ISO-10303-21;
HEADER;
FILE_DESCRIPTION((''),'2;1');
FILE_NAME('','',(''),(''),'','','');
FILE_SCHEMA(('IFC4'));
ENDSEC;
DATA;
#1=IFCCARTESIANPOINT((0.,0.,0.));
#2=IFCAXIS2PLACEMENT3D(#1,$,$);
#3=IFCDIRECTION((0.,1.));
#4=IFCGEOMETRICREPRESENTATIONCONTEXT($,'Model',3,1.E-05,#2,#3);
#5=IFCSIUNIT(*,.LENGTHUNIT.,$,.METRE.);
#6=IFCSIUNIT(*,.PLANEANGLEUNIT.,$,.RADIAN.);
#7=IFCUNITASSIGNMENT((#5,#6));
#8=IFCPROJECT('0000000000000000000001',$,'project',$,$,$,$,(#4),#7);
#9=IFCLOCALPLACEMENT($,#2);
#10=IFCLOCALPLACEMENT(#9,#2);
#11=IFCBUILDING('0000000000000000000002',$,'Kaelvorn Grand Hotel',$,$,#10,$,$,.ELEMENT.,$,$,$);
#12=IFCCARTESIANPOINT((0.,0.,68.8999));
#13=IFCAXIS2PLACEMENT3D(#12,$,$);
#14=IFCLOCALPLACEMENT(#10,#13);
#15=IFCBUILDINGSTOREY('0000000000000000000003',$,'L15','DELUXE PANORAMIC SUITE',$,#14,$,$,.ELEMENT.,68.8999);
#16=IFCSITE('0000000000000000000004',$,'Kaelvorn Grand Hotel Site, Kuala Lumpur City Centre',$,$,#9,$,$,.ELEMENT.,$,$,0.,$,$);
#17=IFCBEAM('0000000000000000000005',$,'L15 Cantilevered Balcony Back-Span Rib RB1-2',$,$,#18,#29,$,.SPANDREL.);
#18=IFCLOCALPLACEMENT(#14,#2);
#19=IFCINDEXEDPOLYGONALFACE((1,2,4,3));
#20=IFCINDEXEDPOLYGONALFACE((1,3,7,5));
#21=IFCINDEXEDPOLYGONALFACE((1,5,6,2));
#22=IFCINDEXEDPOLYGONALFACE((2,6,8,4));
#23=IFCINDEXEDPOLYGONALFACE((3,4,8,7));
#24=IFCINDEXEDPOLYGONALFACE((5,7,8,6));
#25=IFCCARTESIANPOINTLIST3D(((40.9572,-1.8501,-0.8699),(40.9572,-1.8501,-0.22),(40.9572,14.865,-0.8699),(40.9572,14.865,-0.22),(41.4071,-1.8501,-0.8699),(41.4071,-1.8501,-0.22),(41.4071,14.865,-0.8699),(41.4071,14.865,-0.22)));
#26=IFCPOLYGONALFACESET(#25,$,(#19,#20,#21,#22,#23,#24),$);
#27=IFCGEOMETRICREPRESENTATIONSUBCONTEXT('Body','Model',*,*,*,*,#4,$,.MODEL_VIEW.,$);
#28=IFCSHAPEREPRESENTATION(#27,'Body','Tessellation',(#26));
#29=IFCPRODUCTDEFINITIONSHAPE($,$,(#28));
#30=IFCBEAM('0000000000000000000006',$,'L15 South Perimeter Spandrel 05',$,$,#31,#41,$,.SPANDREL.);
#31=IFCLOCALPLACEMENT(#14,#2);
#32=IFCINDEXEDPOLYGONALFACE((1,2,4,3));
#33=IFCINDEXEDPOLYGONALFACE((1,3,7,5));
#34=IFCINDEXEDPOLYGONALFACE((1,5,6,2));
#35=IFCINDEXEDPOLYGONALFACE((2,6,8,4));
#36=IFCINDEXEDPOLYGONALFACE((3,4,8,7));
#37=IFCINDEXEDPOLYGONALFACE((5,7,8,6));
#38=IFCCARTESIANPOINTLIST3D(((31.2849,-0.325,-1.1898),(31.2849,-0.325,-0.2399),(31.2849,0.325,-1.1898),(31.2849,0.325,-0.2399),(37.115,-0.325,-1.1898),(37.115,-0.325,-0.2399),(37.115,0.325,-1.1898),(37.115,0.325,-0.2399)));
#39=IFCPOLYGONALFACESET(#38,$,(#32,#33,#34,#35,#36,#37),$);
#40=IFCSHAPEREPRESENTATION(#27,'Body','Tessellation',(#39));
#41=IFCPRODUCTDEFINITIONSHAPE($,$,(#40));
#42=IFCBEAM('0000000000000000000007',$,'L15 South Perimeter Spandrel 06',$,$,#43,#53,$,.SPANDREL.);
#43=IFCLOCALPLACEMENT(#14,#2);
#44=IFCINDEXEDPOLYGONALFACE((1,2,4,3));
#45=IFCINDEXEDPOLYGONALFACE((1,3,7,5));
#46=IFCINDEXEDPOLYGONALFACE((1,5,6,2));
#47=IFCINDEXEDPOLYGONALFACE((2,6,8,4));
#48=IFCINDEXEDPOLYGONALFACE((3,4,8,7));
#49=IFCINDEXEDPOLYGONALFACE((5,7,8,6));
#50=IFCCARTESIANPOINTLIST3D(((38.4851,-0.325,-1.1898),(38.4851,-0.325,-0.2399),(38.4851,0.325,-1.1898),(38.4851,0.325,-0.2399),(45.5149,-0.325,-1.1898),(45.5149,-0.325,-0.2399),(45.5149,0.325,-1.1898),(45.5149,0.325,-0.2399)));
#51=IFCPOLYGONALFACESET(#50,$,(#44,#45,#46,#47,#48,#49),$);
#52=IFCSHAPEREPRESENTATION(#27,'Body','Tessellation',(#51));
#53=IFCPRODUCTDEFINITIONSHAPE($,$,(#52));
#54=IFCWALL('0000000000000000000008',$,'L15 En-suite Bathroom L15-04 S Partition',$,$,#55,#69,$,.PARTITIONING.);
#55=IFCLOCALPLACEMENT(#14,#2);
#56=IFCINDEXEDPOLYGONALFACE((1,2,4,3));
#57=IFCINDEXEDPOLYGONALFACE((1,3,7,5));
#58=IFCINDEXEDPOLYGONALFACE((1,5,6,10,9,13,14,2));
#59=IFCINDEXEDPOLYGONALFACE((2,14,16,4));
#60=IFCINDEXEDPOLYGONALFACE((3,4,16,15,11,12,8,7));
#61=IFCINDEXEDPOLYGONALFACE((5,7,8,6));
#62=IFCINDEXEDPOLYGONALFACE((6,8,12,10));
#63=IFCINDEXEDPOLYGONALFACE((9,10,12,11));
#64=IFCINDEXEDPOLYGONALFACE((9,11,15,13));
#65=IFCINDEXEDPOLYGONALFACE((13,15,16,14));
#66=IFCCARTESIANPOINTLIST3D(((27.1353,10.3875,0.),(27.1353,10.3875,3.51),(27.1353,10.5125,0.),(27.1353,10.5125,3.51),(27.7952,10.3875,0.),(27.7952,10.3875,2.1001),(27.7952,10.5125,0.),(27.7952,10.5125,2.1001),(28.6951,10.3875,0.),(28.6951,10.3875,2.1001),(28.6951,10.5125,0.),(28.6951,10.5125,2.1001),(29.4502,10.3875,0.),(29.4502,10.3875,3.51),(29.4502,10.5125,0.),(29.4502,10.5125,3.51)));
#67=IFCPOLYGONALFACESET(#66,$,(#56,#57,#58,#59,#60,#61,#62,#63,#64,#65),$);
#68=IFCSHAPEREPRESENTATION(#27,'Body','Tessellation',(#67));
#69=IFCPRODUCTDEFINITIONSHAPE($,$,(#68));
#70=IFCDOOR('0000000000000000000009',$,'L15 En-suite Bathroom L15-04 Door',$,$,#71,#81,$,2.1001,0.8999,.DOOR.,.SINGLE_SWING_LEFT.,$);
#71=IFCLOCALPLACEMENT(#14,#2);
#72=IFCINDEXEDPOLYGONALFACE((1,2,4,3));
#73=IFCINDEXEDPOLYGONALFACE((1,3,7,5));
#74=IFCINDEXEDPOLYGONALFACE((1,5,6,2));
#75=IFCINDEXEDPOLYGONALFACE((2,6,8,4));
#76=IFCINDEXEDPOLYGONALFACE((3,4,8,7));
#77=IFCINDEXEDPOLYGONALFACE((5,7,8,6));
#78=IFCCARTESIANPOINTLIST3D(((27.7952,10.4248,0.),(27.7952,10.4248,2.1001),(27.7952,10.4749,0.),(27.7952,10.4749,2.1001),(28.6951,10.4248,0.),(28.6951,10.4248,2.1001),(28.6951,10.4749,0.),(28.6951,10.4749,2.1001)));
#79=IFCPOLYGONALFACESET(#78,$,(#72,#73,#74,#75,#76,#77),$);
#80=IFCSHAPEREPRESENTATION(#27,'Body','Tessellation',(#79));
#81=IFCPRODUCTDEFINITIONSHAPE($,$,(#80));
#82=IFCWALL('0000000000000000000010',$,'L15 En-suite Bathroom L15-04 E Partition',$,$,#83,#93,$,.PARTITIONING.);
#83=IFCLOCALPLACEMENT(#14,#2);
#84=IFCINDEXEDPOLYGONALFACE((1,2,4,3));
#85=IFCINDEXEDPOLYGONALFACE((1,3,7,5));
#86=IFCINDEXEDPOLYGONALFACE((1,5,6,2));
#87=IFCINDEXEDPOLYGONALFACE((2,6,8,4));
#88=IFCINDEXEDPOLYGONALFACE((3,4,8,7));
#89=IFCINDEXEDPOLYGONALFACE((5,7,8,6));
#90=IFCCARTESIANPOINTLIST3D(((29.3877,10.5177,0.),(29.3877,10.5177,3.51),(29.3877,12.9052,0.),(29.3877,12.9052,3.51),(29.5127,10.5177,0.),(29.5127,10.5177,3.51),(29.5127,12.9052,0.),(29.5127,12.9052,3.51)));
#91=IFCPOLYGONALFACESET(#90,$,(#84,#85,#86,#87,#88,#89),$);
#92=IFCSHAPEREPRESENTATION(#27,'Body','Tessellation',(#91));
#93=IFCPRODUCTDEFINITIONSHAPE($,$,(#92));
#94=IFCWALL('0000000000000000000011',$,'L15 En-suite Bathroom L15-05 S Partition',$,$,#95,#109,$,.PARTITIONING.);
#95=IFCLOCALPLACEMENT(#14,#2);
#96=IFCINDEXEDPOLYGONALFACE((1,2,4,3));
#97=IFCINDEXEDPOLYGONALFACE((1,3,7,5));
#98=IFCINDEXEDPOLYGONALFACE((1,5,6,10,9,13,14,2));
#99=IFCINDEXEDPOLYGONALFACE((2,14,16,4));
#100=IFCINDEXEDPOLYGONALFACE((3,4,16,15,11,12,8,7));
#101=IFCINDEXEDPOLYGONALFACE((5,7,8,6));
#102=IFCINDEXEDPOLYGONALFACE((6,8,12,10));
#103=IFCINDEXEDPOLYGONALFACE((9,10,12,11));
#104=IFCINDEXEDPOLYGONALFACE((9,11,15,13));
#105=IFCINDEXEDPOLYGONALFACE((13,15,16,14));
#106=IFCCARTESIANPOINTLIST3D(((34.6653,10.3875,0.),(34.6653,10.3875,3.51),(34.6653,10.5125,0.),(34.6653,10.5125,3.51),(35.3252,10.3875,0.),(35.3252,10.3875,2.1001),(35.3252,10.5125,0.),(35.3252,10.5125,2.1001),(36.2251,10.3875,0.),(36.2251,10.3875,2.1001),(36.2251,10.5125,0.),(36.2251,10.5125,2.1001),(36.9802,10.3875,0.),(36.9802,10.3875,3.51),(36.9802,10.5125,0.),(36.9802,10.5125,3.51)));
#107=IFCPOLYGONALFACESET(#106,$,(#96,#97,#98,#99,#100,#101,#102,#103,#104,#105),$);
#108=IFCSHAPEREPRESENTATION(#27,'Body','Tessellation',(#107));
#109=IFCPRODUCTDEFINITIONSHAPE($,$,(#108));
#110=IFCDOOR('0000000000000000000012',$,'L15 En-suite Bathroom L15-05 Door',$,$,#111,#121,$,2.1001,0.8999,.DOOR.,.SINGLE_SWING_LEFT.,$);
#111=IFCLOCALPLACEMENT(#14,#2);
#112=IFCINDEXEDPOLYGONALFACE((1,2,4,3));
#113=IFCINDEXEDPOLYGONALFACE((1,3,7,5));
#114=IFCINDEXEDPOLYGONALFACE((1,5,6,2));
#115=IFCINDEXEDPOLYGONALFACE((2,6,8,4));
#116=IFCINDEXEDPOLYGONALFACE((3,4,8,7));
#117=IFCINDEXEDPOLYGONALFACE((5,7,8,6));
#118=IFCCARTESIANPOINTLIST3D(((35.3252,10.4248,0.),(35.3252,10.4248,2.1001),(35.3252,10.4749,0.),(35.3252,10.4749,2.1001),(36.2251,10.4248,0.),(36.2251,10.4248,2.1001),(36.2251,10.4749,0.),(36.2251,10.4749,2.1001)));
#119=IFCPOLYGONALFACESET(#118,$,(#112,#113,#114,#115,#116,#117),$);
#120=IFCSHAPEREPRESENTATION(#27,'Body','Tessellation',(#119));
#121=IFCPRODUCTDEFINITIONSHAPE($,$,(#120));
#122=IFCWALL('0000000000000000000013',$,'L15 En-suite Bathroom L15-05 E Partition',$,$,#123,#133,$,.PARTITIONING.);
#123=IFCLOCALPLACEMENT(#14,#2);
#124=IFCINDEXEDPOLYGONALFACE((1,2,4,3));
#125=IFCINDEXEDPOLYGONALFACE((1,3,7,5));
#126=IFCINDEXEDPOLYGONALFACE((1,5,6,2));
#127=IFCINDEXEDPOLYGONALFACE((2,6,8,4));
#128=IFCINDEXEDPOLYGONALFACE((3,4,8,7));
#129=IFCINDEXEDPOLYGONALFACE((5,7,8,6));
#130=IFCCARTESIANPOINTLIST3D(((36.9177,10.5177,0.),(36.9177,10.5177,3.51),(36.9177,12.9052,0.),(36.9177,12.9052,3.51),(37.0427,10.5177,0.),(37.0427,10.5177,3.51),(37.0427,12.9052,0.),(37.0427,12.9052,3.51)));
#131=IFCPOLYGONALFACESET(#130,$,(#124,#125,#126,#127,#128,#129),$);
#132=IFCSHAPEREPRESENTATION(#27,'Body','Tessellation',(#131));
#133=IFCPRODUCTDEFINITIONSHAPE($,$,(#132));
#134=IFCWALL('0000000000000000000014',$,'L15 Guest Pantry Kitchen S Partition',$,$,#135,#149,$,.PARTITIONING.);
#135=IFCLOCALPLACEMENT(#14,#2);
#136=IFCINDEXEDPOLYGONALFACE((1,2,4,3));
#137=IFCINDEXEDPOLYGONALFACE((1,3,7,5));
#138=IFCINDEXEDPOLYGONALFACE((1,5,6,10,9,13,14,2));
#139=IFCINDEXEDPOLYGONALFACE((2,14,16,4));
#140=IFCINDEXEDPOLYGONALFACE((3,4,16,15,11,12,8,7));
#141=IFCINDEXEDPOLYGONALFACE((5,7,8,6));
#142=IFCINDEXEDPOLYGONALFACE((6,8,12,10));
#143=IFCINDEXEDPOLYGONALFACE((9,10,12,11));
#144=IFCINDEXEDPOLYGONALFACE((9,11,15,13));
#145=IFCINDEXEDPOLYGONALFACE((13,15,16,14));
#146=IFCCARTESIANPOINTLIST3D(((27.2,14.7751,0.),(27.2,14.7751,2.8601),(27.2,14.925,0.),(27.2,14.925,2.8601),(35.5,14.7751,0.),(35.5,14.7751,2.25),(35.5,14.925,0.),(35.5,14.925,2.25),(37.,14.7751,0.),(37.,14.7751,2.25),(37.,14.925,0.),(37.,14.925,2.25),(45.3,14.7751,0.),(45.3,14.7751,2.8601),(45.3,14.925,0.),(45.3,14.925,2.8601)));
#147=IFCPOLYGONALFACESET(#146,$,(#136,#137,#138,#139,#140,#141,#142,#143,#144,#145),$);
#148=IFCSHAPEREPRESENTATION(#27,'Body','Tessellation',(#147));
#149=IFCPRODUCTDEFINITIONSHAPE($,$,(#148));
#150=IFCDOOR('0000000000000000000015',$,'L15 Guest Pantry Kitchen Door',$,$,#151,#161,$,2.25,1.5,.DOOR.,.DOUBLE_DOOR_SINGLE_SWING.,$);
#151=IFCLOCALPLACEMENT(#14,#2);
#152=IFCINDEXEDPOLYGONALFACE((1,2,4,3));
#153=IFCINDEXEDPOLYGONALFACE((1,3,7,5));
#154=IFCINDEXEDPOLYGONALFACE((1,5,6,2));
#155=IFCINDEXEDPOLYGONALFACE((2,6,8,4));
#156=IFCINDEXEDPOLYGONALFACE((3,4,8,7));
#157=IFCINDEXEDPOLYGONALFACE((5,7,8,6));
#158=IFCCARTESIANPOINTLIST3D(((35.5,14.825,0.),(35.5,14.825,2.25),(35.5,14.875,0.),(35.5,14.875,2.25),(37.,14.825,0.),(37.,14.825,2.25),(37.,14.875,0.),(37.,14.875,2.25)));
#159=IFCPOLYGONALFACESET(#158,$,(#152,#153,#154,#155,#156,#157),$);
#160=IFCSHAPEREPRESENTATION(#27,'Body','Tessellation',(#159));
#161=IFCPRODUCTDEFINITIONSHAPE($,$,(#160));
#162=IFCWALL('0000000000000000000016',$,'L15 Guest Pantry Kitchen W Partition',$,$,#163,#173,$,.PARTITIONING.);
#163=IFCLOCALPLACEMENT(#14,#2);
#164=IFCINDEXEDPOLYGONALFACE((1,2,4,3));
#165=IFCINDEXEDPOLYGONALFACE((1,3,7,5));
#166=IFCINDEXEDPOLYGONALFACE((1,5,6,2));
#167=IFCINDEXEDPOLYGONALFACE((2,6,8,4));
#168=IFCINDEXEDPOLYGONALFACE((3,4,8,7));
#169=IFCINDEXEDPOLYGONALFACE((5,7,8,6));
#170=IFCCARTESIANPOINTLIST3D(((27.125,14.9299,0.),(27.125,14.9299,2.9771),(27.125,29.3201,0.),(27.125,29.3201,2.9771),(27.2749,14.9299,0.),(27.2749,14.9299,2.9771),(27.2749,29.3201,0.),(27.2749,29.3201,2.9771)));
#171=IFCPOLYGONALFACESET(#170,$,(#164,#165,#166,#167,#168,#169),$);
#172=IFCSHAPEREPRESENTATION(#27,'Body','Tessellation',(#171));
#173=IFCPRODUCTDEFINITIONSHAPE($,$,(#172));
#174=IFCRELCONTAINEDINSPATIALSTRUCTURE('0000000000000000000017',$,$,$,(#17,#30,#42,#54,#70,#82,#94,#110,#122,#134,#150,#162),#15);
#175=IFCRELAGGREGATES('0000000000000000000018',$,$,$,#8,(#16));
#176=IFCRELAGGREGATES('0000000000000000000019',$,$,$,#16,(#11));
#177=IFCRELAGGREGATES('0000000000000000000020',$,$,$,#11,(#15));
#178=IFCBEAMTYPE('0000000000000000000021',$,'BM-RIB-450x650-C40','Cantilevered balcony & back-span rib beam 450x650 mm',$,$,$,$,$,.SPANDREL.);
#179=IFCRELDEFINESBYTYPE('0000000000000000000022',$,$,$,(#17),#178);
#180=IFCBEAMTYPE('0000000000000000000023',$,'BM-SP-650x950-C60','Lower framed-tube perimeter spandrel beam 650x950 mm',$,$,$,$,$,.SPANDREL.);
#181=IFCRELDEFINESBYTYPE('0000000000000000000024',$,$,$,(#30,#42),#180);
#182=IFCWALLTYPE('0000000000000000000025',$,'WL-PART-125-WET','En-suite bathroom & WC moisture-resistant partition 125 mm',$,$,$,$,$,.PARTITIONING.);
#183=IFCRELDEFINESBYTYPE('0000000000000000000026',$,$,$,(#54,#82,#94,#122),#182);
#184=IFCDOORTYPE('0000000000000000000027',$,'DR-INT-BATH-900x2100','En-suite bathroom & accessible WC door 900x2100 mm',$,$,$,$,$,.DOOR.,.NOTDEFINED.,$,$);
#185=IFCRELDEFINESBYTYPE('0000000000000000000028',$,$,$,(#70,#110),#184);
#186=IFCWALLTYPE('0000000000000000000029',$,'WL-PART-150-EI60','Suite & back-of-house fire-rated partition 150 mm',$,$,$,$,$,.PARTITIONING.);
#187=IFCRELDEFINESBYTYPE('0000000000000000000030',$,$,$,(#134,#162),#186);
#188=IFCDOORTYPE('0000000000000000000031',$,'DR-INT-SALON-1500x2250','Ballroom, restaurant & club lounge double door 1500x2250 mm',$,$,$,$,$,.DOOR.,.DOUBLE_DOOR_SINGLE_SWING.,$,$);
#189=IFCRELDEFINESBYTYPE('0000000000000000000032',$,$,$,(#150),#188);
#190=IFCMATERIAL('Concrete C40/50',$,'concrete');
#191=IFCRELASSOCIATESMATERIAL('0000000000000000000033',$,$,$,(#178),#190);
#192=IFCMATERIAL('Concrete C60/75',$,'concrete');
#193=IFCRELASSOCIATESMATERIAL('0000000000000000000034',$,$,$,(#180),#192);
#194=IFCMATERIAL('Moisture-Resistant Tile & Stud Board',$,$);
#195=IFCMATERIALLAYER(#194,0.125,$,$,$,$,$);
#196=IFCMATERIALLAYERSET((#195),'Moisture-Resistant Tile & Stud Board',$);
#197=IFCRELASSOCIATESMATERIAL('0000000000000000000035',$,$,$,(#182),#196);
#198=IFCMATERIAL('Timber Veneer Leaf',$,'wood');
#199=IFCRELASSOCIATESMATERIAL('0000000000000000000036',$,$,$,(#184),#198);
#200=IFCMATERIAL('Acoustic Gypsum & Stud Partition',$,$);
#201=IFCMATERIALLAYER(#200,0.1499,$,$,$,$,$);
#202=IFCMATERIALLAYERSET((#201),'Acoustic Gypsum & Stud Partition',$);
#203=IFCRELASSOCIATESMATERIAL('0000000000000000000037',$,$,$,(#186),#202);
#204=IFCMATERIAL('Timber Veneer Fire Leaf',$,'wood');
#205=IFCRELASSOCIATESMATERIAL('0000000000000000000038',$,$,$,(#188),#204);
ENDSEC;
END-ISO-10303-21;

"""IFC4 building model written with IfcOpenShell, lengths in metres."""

from ifc_helpers import new_model, si_unit, direction, frame, frame_2d, origin, origin_2d, place, context, subcontext, project, spatial, rectangle, extrude, material, layer, layer_set, material_profile, profile_set, type_object, element, fill, save


model = new_model("IFC4")

# Units and contexts
model_context = context("Model", 3, precision=1e-05, world=origin(), true_north=direction((0.0, 1.0)))
body_context = subcontext(model_context, "Body", "Model", "MODEL_VIEW")
ifc_project = project(units=[si_unit("LENGTHUNIT", "METRE"), si_unit("PLANEANGLEUNIT", "RADIAN")], contexts=[model_context])

# Site, building, storey
site_placement = place(None, origin())
site = spatial("IfcSite", under=ifc_project, at=site_placement, Name="Kaelvorn Grand Hotel Site, Kuala Lumpur City Centre", CompositionType="ELEMENT", RefElevation=0.0)
building_placement = place(site_placement, origin())
building = spatial("IfcBuilding", under=site, at=building_placement, Name="Kaelvorn Grand Hotel", CompositionType="ELEMENT")
storey_placement = place(building_placement, frame((0.0, 0.0, 68.8999)))
storey = spatial("IfcBuildingStorey", under=building, at=storey_placement, Name="L15", Description="DELUXE PANORAMIC SUITE", CompositionType="ELEMENT", Elevation=68.8999)

# Beams
ifc_material_1 = material(Name="Concrete C40/50", Category="concrete")
ifc_material_profile_1 = material_profile(ifc_material_1, rectangle(XDim=0.45, YDim=0.6499, at=origin_2d()), Name="RC RIB 450x650")
ifc_profile_set_1 = profile_set([ifc_material_profile_1], Name="Concrete C40/50")
beam_type_1 = type_object("IfcBeamType", Name="BM-RIB-450x650-C40", Description="Cantilevered balcony & back-span rib beam 450x650 mm", PredefinedType="SPANDREL", material=ifc_profile_set_1)
beam_1_placement = place(storey_placement, frame((41.1821, -1.8501, -0.5449), z_axis=(0.0, 1.0, 0.0), x_axis=(-1.0, 0.0, 0.0)))
element("IfcBeam", 1, at=beam_1_placement, inside=storey, type_object=beam_type_1, Name="L15 Cantilevered Balcony Back-Span Rib RB1-2", PredefinedType="SPANDREL", context=body_context, shape_type="SweptSolid", body=[
    extrude(rectangle(XDim=0.45, YDim=0.6499, at=origin_2d()), origin(), (0.0, 0.0, 1.0), 16.7151),
])
ifc_material_2 = material(Name="Concrete C60/75", Category="concrete")
ifc_material_profile_2 = material_profile(ifc_material_2, rectangle(XDim=0.6499, YDim=0.95, at=origin_2d()), Name="RC SPANDREL 650x950")
ifc_profile_set_2 = profile_set([ifc_material_profile_2], Name="Concrete C60/75")
beam_type_2 = type_object("IfcBeamType", Name="BM-SP-650x950-C60", Description="Lower framed-tube perimeter spandrel beam 650x950 mm", PredefinedType="SPANDREL", material=ifc_profile_set_2)
beam_2_placement = place(storey_placement, frame((31.2849, 0.0, -0.7148), z_axis=(1.0, 0.0, 0.0), x_axis=(0.0, 1.0, 0.0)))
element("IfcBeam", 2, at=beam_2_placement, inside=storey, type_object=beam_type_2, Name="L15 South Perimeter Spandrel 05", PredefinedType="SPANDREL", context=body_context, shape_type="SweptSolid", body=[
    extrude(rectangle(XDim=0.6499, YDim=0.95, at=origin_2d()), origin(), (0.0, 0.0, 1.0), 5.8301),
])
beam_3_placement = place(storey_placement, frame((38.4851, 0.0, -0.7148), z_axis=(1.0, 0.0, 0.0), x_axis=(0.0, 1.0, 0.0)))
element("IfcBeam", 3, at=beam_3_placement, inside=storey, type_object=beam_type_2, Name="L15 South Perimeter Spandrel 06", PredefinedType="SPANDREL", context=body_context, shape_type="SweptSolid", body=[
    extrude(rectangle(XDim=0.6499, YDim=0.95, at=origin_2d()), origin(), (0.0, 0.0, 1.0), 7.0298),
])

# Wall, opening, door
ifc_material_3 = material(Name="Moisture-Resistant Tile & Stud Board")
ifc_layer_1 = layer(ifc_material_3, 0.125)
ifc_layer_set_1 = layer_set([ifc_layer_1], Name="Moisture-Resistant Tile & Stud Board")
wall_type_1 = type_object("IfcWallType", Name="WL-PART-125-WET", Description="En-suite bathroom & WC moisture-resistant partition 125 mm", PredefinedType="PARTITIONING", material=ifc_layer_set_1)
wall_1_placement = place(storey_placement, frame((27.1353, 10.45, 0.0), z_axis=(0.0, 0.0, 1.0), x_axis=(1.0, 0.0, 0.0)))
wall_1 = element("IfcWall", 4, at=wall_1_placement, inside=storey, type_object=wall_type_1, Name="L15 En-suite Bathroom L15-04 S Partition", PredefinedType="PARTITIONING", context=body_context, shape_type="SweptSolid", body=[
    extrude(rectangle(XDim=2.3149, YDim=0.125, at=frame_2d((1.1575, 0.0))), origin(), (0.0, 0.0, 1.0), 3.51),
])
opening_1_placement = place(wall_1_placement, frame((0.6599, 0.0, 0.0)))
opening_1 = element("IfcOpeningElement", 5, at=opening_1_placement, cuts=wall_1, PredefinedType="OPENING", context=body_context, shape_type="SweptSolid", body=[
    extrude(rectangle(XDim=0.8999, YDim=2.1001, at=frame_2d((0.45, 1.05))), frame((0.0, 0.0725, 0.0), z_axis=(0.0, -1.0, 0.0), x_axis=(1.0, 0.0, 0.0)), (0.0, 0.0, 1.0), 0.145),
])
ifc_material_4 = material(Name="Timber Veneer Leaf", Category="wood")
door_type_1 = type_object("IfcDoorType", Name="DR-INT-BATH-900x2100", Description="En-suite bathroom & accessible WC door 900x2100 mm", OperationType="NOTDEFINED", PredefinedType="DOOR", material=ifc_material_4)
door_1_placement = place(opening_1_placement, origin())
door_1 = element("IfcDoor", 6, at=door_1_placement, inside=storey, type_object=door_type_1, Name="L15 En-suite Bathroom L15-04 Door", OperationType="SINGLE_SWING_LEFT", OverallHeight=2.1001, OverallWidth=0.8999, PredefinedType="DOOR", context=body_context, shape_type="SweptSolid", body=[
    extrude(rectangle(XDim=0.8999, YDim=2.1001, at=frame_2d((0.45, 1.05))), frame((0.0, 0.0249, 0.0), z_axis=(0.0, -1.0, 0.0), x_axis=(1.0, 0.0, 0.0)), (0.0, 0.0, 1.0), 0.05),
])
fill(opening_1, door_1)

# Wall
wall_2_placement = place(storey_placement, frame((29.4502, 10.5176, 0.0), z_axis=(0.0, 0.0, 1.0), x_axis=(0.0, 1.0, 0.0)))
element("IfcWall", 7, at=wall_2_placement, inside=storey, type_object=wall_type_1, Name="L15 En-suite Bathroom L15-04 E Partition", PredefinedType="PARTITIONING", context=body_context, shape_type="SweptSolid", body=[
    extrude(rectangle(XDim=2.3875, YDim=0.125, at=frame_2d((1.1938, 0.0))), origin(), (0.0, 0.0, 1.0), 3.51),
])

# Wall, opening, door
wall_3_placement = place(storey_placement, frame((34.6653, 10.45, 0.0), z_axis=(0.0, 0.0, 1.0), x_axis=(1.0, 0.0, 0.0)))
wall_3 = element("IfcWall", 8, at=wall_3_placement, inside=storey, type_object=wall_type_1, Name="L15 En-suite Bathroom L15-05 S Partition", PredefinedType="PARTITIONING", context=body_context, shape_type="SweptSolid", body=[
    extrude(rectangle(XDim=2.3149, YDim=0.125, at=frame_2d((1.1575, 0.0))), origin(), (0.0, 0.0, 1.0), 3.51),
])
opening_2_placement = place(wall_3_placement, frame((0.6599, 0.0, 0.0)))
opening_2 = element("IfcOpeningElement", 9, at=opening_2_placement, cuts=wall_3, PredefinedType="OPENING", context=body_context, shape_type="SweptSolid", body=[
    extrude(rectangle(XDim=0.8999, YDim=2.1001, at=frame_2d((0.45, 1.05))), frame((0.0, 0.0725, 0.0), z_axis=(0.0, -1.0, 0.0), x_axis=(1.0, 0.0, 0.0)), (0.0, 0.0, 1.0), 0.145),
])
door_2_placement = place(opening_2_placement, origin())
door_2 = element("IfcDoor", 10, at=door_2_placement, inside=storey, type_object=door_type_1, Name="L15 En-suite Bathroom L15-05 Door", OperationType="SINGLE_SWING_LEFT", OverallHeight=2.1001, OverallWidth=0.8999, PredefinedType="DOOR", context=body_context, shape_type="SweptSolid", body=[
    extrude(rectangle(XDim=0.8999, YDim=2.1001, at=frame_2d((0.45, 1.05))), frame((0.0, 0.0249, 0.0), z_axis=(0.0, -1.0, 0.0), x_axis=(1.0, 0.0, 0.0)), (0.0, 0.0, 1.0), 0.05),
])
fill(opening_2, door_2)

# Wall
wall_4_placement = place(storey_placement, frame((36.9802, 10.5176, 0.0), z_axis=(0.0, 0.0, 1.0), x_axis=(0.0, 1.0, 0.0)))
element("IfcWall", 11, at=wall_4_placement, inside=storey, type_object=wall_type_1, Name="L15 En-suite Bathroom L15-05 E Partition", PredefinedType="PARTITIONING", context=body_context, shape_type="SweptSolid", body=[
    extrude(rectangle(XDim=2.3875, YDim=0.125, at=frame_2d((1.1938, 0.0))), origin(), (0.0, 0.0, 1.0), 3.51),
])

# Wall, opening, door
ifc_material_5 = material(Name="Acoustic Gypsum & Stud Partition")
ifc_layer_2 = layer(ifc_material_5, 0.1499)
ifc_layer_set_2 = layer_set([ifc_layer_2], Name="Acoustic Gypsum & Stud Partition")
wall_type_2 = type_object("IfcWallType", Name="WL-PART-150-EI60", Description="Suite & back-of-house fire-rated partition 150 mm", PredefinedType="PARTITIONING", material=ifc_layer_set_2)
wall_5_placement = place(storey_placement, frame((27.2, 14.8501, 0.0), z_axis=(0.0, 0.0, 1.0), x_axis=(1.0, 0.0, 0.0)))
wall_5 = element("IfcWall", 12, at=wall_5_placement, inside=storey, type_object=wall_type_2, Name="L15 Guest Pantry Kitchen S Partition", PredefinedType="PARTITIONING", context=body_context, shape_type="SweptSolid", body=[
    extrude(rectangle(XDim=18.1001, YDim=0.1499, at=frame_2d((9.05, 0.0))), origin(), (0.0, 0.0, 1.0), 2.8601),
])
opening_3_placement = place(wall_5_placement, frame((8.3, 0.0, 0.0)))
opening_3 = element("IfcOpeningElement", 13, at=opening_3_placement, cuts=wall_5, PredefinedType="OPENING", context=body_context, shape_type="SweptSolid", body=[
    extrude(rectangle(XDim=1.5, YDim=2.25, at=frame_2d((0.75, 1.125))), frame((0.0, 0.085, 0.0), z_axis=(0.0, -1.0, 0.0), x_axis=(1.0, 0.0, 0.0)), (0.0, 0.0, 1.0), 0.1699),
])
ifc_material_6 = material(Name="Timber Veneer Fire Leaf", Category="wood")
door_type_2 = type_object("IfcDoorType", Name="DR-INT-SALON-1500x2250", Description="Ballroom, restaurant & club lounge double door 1500x2250 mm", OperationType="DOUBLE_DOOR_SINGLE_SWING", PredefinedType="DOOR", material=ifc_material_6)
door_3_placement = place(opening_3_placement, origin())
door_3 = element("IfcDoor", 14, at=door_3_placement, inside=storey, type_object=door_type_2, Name="L15 Guest Pantry Kitchen Door", OperationType="DOUBLE_DOOR_SINGLE_SWING", OverallHeight=2.25, OverallWidth=1.5, PredefinedType="DOOR", context=body_context, shape_type="SweptSolid", body=[
    extrude(rectangle(XDim=1.5, YDim=2.25, at=frame_2d((0.75, 1.125))), frame((0.0, 0.0249, 0.0), z_axis=(0.0, -1.0, 0.0), x_axis=(1.0, 0.0, 0.0)), (0.0, 0.0, 1.0), 0.05),
])
fill(opening_3, door_3)

# Wall
wall_6_placement = place(storey_placement, frame((27.2, 14.9299, 0.0), z_axis=(0.0, 0.0, 1.0), x_axis=(0.0, 1.0, 0.0)))
element("IfcWall", 15, at=wall_6_placement, inside=storey, type_object=wall_type_2, Name="L15 Guest Pantry Kitchen W Partition", PredefinedType="PARTITIONING", context=body_context, shape_type="SweptSolid", body=[
    extrude(rectangle(XDim=14.3901, YDim=0.1499, at=frame_2d((7.1951, 0.0))), origin(), (0.0, 0.0, 1.0), 2.9771),
])

save(model, "model.ifc")
